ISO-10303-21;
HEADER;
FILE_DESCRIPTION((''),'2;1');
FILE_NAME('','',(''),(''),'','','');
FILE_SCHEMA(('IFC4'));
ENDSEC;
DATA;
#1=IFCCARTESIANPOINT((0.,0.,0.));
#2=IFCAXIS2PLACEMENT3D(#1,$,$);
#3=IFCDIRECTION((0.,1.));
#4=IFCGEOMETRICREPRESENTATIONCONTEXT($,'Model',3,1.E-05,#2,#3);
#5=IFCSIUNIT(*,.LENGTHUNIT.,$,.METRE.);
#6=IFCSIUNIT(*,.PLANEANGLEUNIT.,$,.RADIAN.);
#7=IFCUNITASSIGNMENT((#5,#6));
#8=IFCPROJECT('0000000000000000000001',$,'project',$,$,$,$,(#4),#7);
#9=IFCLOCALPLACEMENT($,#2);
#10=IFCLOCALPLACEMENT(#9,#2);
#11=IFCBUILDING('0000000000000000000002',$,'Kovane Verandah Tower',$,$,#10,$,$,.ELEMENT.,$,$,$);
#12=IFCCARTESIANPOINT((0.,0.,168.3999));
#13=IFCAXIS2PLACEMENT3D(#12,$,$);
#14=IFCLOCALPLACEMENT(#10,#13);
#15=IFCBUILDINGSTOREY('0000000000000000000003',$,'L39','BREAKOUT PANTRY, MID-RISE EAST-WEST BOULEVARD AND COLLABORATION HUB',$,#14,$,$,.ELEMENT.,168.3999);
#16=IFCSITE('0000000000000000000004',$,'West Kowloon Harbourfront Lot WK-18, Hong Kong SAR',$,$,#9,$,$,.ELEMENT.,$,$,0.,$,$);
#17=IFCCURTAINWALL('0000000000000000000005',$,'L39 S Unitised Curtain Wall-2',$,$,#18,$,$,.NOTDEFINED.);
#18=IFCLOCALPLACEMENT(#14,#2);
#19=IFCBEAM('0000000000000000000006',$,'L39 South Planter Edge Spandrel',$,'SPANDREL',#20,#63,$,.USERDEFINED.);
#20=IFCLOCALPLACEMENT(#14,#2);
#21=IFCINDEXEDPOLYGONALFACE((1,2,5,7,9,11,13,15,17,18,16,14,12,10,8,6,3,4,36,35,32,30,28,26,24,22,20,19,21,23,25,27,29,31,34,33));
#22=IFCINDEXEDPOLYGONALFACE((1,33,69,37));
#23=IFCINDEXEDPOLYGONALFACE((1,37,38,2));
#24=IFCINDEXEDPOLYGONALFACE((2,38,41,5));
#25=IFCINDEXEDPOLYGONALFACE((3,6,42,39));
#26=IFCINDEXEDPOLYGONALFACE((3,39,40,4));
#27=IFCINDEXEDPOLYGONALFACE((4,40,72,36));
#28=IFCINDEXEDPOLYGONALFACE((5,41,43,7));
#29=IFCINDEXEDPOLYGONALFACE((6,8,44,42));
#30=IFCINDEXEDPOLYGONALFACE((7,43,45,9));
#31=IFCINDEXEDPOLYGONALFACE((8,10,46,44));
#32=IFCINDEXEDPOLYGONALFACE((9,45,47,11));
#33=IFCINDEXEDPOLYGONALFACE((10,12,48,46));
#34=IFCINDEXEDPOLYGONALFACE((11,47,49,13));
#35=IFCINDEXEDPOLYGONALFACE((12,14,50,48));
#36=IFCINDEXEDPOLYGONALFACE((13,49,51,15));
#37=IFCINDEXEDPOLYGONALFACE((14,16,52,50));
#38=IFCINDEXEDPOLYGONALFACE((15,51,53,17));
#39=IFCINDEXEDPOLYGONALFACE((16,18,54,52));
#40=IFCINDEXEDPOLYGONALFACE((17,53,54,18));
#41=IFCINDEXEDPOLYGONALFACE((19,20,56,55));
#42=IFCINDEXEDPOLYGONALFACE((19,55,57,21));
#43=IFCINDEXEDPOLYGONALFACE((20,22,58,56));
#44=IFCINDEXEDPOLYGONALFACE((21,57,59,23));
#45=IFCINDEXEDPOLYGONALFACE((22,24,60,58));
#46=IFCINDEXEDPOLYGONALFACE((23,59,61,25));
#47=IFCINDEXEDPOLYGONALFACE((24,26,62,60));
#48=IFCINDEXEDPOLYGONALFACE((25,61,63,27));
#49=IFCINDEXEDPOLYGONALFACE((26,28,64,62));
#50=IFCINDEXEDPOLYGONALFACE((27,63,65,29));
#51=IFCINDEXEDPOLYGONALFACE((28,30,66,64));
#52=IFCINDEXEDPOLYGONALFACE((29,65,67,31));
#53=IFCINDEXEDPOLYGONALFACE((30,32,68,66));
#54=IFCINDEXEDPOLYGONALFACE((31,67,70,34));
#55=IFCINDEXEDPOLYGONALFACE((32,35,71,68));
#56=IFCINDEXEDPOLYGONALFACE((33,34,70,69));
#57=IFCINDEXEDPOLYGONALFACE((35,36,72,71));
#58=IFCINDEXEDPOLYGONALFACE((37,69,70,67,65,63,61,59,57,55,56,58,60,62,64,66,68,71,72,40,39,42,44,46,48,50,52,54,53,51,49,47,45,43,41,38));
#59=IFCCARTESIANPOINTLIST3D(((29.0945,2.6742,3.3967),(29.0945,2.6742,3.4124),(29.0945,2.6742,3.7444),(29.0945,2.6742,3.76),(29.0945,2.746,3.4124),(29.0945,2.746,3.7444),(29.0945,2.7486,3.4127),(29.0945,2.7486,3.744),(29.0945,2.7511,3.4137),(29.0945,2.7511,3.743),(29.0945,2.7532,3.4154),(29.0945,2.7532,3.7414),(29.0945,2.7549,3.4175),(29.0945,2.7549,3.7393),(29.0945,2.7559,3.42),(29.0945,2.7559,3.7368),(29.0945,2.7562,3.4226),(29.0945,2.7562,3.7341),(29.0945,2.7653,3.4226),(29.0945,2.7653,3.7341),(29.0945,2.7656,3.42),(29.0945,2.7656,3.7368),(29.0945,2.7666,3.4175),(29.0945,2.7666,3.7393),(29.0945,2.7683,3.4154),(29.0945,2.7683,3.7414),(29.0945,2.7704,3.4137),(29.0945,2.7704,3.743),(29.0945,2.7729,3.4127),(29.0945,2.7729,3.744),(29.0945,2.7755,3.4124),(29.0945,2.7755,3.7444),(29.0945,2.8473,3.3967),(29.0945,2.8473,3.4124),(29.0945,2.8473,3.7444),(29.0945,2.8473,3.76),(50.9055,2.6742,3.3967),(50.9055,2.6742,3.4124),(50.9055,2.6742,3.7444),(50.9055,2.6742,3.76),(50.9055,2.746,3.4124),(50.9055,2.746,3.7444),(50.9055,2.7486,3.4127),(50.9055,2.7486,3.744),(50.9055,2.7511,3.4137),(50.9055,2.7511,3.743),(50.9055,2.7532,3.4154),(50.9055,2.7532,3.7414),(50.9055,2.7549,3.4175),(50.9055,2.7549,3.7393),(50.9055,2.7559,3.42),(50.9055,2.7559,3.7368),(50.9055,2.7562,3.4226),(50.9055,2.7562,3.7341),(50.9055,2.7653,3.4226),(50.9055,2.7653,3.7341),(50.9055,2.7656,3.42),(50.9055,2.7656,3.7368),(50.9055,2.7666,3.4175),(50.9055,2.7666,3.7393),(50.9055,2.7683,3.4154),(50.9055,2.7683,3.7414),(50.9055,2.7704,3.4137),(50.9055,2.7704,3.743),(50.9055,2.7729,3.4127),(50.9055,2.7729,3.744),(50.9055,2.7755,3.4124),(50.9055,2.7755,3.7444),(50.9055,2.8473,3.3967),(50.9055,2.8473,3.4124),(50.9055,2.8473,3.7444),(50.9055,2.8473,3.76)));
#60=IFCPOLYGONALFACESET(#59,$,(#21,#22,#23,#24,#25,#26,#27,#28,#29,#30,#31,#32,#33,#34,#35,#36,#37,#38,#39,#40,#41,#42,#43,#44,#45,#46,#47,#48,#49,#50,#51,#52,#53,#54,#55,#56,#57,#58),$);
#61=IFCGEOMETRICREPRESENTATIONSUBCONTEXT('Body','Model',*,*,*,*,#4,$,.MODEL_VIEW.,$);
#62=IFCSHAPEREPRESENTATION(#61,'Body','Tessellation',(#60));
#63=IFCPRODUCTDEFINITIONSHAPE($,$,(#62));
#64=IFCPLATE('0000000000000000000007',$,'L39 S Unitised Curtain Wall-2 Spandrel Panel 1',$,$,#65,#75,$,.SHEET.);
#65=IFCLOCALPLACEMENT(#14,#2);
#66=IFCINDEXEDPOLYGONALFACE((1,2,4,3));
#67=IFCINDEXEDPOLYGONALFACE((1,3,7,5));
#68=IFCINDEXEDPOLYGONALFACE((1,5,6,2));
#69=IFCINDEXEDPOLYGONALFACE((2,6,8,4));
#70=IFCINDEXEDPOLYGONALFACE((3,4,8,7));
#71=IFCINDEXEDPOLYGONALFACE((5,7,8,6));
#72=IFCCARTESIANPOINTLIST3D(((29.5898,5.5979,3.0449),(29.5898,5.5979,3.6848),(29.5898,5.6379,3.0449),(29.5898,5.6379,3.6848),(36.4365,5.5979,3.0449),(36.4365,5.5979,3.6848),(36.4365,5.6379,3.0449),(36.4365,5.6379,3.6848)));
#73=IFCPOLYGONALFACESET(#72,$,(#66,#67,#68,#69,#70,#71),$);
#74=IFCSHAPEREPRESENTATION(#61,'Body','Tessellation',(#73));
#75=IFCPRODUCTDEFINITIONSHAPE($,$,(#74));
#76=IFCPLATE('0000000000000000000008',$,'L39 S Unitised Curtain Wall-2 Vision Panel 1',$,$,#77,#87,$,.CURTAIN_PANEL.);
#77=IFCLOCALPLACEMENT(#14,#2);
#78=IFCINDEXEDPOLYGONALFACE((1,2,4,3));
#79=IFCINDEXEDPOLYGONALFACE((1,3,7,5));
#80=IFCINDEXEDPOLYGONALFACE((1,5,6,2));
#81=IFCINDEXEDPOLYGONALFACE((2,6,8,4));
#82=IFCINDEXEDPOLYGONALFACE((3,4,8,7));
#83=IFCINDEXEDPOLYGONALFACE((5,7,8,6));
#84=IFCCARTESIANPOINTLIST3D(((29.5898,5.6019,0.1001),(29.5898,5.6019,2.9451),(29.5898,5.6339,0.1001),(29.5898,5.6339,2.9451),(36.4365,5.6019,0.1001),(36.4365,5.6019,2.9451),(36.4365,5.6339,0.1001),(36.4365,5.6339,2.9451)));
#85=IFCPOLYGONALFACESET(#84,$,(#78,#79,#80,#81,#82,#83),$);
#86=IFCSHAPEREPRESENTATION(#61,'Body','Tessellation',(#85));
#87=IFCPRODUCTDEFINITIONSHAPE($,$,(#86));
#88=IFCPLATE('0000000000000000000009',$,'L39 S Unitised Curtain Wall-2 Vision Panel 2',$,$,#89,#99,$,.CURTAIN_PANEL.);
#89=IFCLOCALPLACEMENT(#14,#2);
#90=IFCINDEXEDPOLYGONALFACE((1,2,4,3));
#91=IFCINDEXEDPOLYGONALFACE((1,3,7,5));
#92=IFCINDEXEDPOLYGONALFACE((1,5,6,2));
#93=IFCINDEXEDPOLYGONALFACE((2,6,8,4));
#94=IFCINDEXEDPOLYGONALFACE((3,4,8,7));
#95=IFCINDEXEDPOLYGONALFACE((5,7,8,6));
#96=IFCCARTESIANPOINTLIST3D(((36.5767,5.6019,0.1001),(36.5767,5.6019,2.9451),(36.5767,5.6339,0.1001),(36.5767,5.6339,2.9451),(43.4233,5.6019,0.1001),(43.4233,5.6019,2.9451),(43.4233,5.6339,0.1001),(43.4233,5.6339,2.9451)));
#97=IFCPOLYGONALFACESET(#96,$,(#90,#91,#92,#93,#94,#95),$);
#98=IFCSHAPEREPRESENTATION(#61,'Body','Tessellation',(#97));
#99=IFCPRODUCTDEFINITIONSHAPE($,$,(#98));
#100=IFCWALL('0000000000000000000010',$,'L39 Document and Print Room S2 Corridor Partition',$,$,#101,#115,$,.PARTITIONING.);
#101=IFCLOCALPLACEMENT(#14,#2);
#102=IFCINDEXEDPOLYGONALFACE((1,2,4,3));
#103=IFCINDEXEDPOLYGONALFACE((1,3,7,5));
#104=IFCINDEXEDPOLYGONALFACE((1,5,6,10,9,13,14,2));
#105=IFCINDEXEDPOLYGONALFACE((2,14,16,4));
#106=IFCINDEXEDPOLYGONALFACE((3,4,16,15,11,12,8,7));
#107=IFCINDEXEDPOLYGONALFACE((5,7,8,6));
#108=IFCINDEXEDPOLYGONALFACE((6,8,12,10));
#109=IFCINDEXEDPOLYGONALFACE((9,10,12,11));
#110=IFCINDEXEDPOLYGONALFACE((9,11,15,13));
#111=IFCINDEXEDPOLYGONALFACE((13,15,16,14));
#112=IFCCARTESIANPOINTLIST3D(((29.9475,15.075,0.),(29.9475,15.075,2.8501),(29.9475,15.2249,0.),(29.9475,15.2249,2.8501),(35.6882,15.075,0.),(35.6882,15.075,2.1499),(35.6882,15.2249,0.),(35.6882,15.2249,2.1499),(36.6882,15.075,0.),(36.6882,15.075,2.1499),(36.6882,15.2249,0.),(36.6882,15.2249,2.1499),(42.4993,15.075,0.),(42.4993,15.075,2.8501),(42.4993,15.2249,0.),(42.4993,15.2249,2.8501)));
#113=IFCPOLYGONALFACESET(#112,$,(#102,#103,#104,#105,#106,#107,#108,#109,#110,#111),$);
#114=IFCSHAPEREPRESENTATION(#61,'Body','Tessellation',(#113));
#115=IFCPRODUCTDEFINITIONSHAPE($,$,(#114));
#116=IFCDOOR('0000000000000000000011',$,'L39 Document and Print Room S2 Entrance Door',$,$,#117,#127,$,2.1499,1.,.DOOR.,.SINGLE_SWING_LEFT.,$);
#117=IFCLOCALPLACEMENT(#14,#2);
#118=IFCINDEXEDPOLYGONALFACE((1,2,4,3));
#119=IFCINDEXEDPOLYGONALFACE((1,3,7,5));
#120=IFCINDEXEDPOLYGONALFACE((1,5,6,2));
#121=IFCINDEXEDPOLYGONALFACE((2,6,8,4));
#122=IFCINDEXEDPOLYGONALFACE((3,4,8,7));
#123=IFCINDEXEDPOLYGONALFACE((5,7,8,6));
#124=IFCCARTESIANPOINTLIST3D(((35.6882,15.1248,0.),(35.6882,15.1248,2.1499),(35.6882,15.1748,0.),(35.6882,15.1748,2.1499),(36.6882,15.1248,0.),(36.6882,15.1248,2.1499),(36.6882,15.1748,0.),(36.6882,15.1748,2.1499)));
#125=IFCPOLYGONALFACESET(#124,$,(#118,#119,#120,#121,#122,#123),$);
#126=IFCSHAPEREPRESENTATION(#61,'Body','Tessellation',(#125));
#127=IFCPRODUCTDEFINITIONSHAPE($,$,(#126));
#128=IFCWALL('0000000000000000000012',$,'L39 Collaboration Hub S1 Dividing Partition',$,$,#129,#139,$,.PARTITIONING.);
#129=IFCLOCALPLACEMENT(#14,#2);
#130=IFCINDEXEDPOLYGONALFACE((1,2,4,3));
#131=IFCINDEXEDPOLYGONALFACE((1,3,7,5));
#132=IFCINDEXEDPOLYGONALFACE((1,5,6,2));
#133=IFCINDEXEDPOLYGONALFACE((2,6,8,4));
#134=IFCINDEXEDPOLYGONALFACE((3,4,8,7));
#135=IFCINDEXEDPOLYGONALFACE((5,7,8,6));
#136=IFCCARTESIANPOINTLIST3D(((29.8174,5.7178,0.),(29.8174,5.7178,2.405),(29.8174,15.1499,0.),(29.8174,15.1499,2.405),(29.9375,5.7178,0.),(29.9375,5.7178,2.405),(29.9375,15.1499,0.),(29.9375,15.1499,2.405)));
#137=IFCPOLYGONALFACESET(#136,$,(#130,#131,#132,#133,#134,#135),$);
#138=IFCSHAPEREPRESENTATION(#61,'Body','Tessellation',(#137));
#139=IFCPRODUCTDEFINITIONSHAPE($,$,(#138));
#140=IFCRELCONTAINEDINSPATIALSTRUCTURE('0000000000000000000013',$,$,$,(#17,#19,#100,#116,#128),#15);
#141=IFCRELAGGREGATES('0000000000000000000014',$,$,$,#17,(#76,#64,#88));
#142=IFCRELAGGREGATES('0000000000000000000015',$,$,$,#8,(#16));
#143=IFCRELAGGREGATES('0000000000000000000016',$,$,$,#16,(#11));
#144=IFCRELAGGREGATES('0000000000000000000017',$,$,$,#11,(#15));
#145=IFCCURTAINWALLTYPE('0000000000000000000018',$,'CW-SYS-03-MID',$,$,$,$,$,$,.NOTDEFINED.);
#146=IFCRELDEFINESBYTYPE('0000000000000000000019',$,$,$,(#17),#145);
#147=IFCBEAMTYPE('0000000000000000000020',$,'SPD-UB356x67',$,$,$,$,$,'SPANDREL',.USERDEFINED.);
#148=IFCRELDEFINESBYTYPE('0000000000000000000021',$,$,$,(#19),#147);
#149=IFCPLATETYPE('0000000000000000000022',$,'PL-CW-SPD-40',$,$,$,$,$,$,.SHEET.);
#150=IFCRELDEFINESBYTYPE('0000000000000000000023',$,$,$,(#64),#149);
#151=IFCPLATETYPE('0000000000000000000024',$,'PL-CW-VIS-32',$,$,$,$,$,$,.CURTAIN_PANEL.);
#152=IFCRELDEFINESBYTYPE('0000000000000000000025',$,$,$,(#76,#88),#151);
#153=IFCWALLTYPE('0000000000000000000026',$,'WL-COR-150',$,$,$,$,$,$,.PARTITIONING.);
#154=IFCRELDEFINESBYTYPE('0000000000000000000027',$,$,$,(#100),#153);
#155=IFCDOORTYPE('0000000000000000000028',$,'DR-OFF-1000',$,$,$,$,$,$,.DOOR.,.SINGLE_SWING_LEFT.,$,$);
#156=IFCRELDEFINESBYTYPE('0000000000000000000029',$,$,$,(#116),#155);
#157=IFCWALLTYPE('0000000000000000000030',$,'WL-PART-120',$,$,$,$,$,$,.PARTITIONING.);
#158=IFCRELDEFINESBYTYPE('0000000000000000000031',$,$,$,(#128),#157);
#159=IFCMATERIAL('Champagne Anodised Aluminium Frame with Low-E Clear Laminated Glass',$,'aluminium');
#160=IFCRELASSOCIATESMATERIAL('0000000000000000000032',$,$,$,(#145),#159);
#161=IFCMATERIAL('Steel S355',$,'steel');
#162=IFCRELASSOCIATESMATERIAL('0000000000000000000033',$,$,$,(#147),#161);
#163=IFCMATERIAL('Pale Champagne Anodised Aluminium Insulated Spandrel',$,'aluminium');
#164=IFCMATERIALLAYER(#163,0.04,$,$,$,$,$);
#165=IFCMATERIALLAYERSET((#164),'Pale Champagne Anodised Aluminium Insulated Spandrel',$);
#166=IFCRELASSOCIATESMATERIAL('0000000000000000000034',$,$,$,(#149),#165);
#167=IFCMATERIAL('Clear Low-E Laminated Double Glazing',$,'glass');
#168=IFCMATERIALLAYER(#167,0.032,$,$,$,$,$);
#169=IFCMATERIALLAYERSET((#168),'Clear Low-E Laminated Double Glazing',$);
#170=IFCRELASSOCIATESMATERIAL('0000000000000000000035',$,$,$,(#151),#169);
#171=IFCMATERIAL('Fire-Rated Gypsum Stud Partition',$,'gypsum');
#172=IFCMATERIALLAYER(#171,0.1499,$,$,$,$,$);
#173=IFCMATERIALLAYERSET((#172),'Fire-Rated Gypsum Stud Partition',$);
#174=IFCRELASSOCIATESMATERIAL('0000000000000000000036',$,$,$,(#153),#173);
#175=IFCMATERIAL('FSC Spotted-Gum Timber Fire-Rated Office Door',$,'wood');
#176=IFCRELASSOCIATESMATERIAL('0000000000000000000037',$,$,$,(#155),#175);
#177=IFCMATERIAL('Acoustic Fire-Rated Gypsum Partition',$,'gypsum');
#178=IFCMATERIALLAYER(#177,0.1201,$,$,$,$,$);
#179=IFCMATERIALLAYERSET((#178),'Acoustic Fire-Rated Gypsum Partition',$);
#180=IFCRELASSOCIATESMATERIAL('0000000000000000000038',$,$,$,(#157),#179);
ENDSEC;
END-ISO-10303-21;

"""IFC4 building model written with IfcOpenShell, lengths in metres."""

from ifc_helpers import new_model, si_unit, direction, frame, frame_2d, origin, origin_2d, place, context, subcontext, project, spatial, rectangle, i_section, extrude, material, layer, layer_set, material_profile, profile_set, type_object, element, fill, aggregate, save


model = new_model("IFC4")

# Units and contexts
model_context = context("Model", 3, precision=1e-05, world=origin(), true_north=direction((0.0, 1.0)))
body_context = subcontext(model_context, "Body", "Model", "MODEL_VIEW")
ifc_project = project(units=[si_unit("LENGTHUNIT", "METRE"), si_unit("PLANEANGLEUNIT", "RADIAN")], contexts=[model_context])

# Site, building, storey
site_placement = place(None, origin())
site = spatial("IfcSite", under=ifc_project, at=site_placement, Name="West Kowloon Harbourfront Lot WK-18, Hong Kong SAR", CompositionType="ELEMENT", RefElevation=0.0)
building_placement = place(site_placement, origin())
building = spatial("IfcBuilding", under=site, at=building_placement, Name="Kovane Verandah Tower", CompositionType="ELEMENT")
storey_placement = place(building_placement, frame((0.0, 0.0, 168.3999)))
storey = spatial("IfcBuildingStorey", under=building, at=storey_placement, Name="L39", Description="BREAKOUT PANTRY, MID-RISE EAST-WEST BOULEVARD AND COLLABORATION HUB", CompositionType="ELEMENT", Elevation=168.3999)

# Shared definitions
ifc_material_1 = material(Name="Steel S355", Category="steel")

# Curtain wall
ifc_material_2 = material(Name="Champagne Anodised Aluminium Frame with Low-E Clear Laminated Glass", Category="aluminium")
curtain_wall_type = type_object("IfcCurtainWallType", Name="CW-SYS-03-MID", PredefinedType="NOTDEFINED", material=ifc_material_2)
curtain_wall_placement = place(storey_placement, origin())
curtain_wall = element("IfcCurtainWall", 1, at=curtain_wall_placement, inside=storey, type_object=curtain_wall_type, Name="L39 S Unitised Curtain Wall-2", PredefinedType="NOTDEFINED")

# Beam
ifc_material_profile_1 = material_profile(ifc_material_1, i_section(OverallWidth=0.1731, OverallDepth=0.3633, WebThickness=0.009, FlangeThickness=0.0156, FilletRadius=0.0103, at=origin_2d()), Name="UB356x171x67")
ifc_profile_set_1 = profile_set([ifc_material_profile_1], Name="Steel S355")
beam_type_1 = type_object("IfcBeamType", Name="SPD-UB356x67", ElementType="SPANDREL", PredefinedType="USERDEFINED", material=ifc_profile_set_1)
beam_1_placement = place(storey_placement, frame((29.0945, 2.7607, 3.5784), z_axis=(1.0, 0.0, 0.0), x_axis=(0.0, 1.0, 0.0)))
element("IfcBeam", 2, at=beam_1_placement, inside=storey, type_object=beam_type_1, Name="L39 South Planter Edge Spandrel", ObjectType="SPANDREL", PredefinedType="USERDEFINED", context=body_context, shape_type="SweptSolid", body=[
    extrude(i_section(OverallWidth=0.1731, OverallDepth=0.3633, WebThickness=0.009, FlangeThickness=0.0156, FilletRadius=0.0103, at=origin_2d()), origin(), (0.0, 0.0, 1.0), 21.811),
])

# Plates
ifc_material_3 = material(Name="Pale Champagne Anodised Aluminium Insulated Spandrel", Category="aluminium")
ifc_layer_1 = layer(ifc_material_3, 0.04)
ifc_layer_set_1 = layer_set([ifc_layer_1], Name="Pale Champagne Anodised Aluminium Insulated Spandrel")
plate_type_1 = type_object("IfcPlateType", Name="PL-CW-SPD-40", PredefinedType="SHEET", material=ifc_layer_set_1)
plate_1_placement = place(storey_placement, frame((33.0132, 5.6179, 3.0449), z_axis=(0.0, 0.0, 1.0), x_axis=(1.0, 0.0, 0.0)))
plate_1 = element("IfcPlate", 3, at=plate_1_placement, type_object=plate_type_1, Name="L39 S Unitised Curtain Wall-2 Spandrel Panel 1", PredefinedType="SHEET", context=body_context, shape_type="SweptSolid", body=[
    extrude(rectangle(XDim=6.8467, YDim=0.04, at=origin_2d()), origin(), (0.0, 0.0, 1.0), 0.6399),
])
ifc_material_4 = material(Name="Clear Low-E Laminated Double Glazing", Category="glass")
ifc_layer_2 = layer(ifc_material_4, 0.032)
ifc_layer_set_2 = layer_set([ifc_layer_2], Name="Clear Low-E Laminated Double Glazing")
plate_type_2 = type_object("IfcPlateType", Name="PL-CW-VIS-32", PredefinedType="CURTAIN_PANEL", material=ifc_layer_set_2)
plate_2_placement = place(storey_placement, frame((33.0132, 5.6179, 0.1001), z_axis=(0.0, 0.0, 1.0), x_axis=(1.0, 0.0, 0.0)))
plate_2 = element("IfcPlate", 4, at=plate_2_placement, type_object=plate_type_2, Name="L39 S Unitised Curtain Wall-2 Vision Panel 1", PredefinedType="CURTAIN_PANEL", context=body_context, shape_type="SweptSolid", body=[
    extrude(rectangle(XDim=6.8467, YDim=0.032, at=origin_2d()), origin(), (0.0, 0.0, 1.0), 2.845),
])
plate_3_placement = place(storey_placement, frame((40.0, 5.6179, 0.1001), z_axis=(0.0, 0.0, 1.0), x_axis=(1.0, 0.0, 0.0)))
plate_3 = element("IfcPlate", 5, at=plate_3_placement, type_object=plate_type_2, Name="L39 S Unitised Curtain Wall-2 Vision Panel 2", PredefinedType="CURTAIN_PANEL", context=body_context, shape_type="SweptSolid", body=[
    extrude(rectangle(XDim=6.8467, YDim=0.032, at=origin_2d()), origin(), (0.0, 0.0, 1.0), 2.845),
])
aggregate(curtain_wall, [plate_2, plate_1, plate_3])

# Wall, opening, door
ifc_material_5 = material(Name="Fire-Rated Gypsum Stud Partition", Category="gypsum")
ifc_layer_3 = layer(ifc_material_5, 0.1499)
ifc_layer_set_3 = layer_set([ifc_layer_3], Name="Fire-Rated Gypsum Stud Partition")
wall_type_1 = type_object("IfcWallType", Name="WL-COR-150", PredefinedType="PARTITIONING", material=ifc_layer_set_3)
wall_1_placement = place(storey_placement, frame((29.9475, 15.1499, 0.0), z_axis=(0.0, 0.0, 1.0), x_axis=(1.0, 0.0, 0.0)))
wall_1 = element("IfcWall", 6, at=wall_1_placement, inside=storey, type_object=wall_type_1, Name="L39 Document and Print Room S2 Corridor Partition", PredefinedType="PARTITIONING", context=body_context, shape_type="SweptSolid", body=[
    extrude(rectangle(XDim=12.5518, YDim=0.1499, at=frame_2d((6.2759, 0.0))), origin(), (0.0, 0.0, 1.0), 2.8501),
])
opening_placement = place(wall_1_placement, frame((5.7407, 0.0, 0.0)))
opening = element("IfcOpeningElement", 7, at=opening_placement, cuts=wall_1, PredefinedType="OPENING", context=body_context, shape_type="SweptSolid", body=[
    extrude(rectangle(XDim=1.0, YDim=2.1499, at=frame_2d((0.5, 1.075))), frame((0.0, 0.075, 0.0), z_axis=(0.0, -1.0, 0.0), x_axis=(1.0, 0.0, 0.0)), (0.0, 0.0, 1.0), 0.1499),
])
ifc_material_6 = material(Name="FSC Spotted-Gum Timber Fire-Rated Office Door", Category="wood")
door_type = type_object("IfcDoorType", Name="DR-OFF-1000", OperationType="SINGLE_SWING_LEFT", PredefinedType="DOOR", material=ifc_material_6)
door_placement = place(opening_placement, origin())
door = element("IfcDoor", 8, at=door_placement, inside=storey, type_object=door_type, Name="L39 Document and Print Room S2 Entrance Door", OperationType="SINGLE_SWING_LEFT", OverallHeight=2.1499, OverallWidth=1.0, PredefinedType="DOOR", context=body_context, shape_type="SweptSolid", body=[
    extrude(rectangle(XDim=1.0, YDim=2.1499, at=frame_2d((0.5, 1.075))), frame((0.0, 0.0249, 0.0), z_axis=(0.0, -1.0, 0.0), x_axis=(1.0, 0.0, 0.0)), (0.0, 0.0, 1.0), 0.05),
])
fill(opening, door)

# Wall
ifc_material_7 = material(Name="Acoustic Fire-Rated Gypsum Partition", Category="gypsum")
ifc_layer_4 = layer(ifc_material_7, 0.1201)
ifc_layer_set_4 = layer_set([ifc_layer_4], Name="Acoustic Fire-Rated Gypsum Partition")
wall_type_2 = type_object("IfcWallType", Name="WL-PART-120", PredefinedType="PARTITIONING", material=ifc_layer_set_4)
wall_2_placement = place(storey_placement, frame((29.8774, 5.7178, 0.0), z_axis=(0.0, 0.0, 1.0), x_axis=(0.0, 1.0, 0.0)))
element("IfcWall", 9, at=wall_2_placement, inside=storey, type_object=wall_type_2, Name="L39 Collaboration Hub S1 Dividing Partition", PredefinedType="PARTITIONING", context=body_context, shape_type="SweptSolid", body=[
    extrude(rectangle(XDim=9.4321, YDim=0.1201, at=frame_2d((4.7161, 0.0))), origin(), (0.0, 0.0, 1.0), 2.405),
])

save(model, "model.ifc")
